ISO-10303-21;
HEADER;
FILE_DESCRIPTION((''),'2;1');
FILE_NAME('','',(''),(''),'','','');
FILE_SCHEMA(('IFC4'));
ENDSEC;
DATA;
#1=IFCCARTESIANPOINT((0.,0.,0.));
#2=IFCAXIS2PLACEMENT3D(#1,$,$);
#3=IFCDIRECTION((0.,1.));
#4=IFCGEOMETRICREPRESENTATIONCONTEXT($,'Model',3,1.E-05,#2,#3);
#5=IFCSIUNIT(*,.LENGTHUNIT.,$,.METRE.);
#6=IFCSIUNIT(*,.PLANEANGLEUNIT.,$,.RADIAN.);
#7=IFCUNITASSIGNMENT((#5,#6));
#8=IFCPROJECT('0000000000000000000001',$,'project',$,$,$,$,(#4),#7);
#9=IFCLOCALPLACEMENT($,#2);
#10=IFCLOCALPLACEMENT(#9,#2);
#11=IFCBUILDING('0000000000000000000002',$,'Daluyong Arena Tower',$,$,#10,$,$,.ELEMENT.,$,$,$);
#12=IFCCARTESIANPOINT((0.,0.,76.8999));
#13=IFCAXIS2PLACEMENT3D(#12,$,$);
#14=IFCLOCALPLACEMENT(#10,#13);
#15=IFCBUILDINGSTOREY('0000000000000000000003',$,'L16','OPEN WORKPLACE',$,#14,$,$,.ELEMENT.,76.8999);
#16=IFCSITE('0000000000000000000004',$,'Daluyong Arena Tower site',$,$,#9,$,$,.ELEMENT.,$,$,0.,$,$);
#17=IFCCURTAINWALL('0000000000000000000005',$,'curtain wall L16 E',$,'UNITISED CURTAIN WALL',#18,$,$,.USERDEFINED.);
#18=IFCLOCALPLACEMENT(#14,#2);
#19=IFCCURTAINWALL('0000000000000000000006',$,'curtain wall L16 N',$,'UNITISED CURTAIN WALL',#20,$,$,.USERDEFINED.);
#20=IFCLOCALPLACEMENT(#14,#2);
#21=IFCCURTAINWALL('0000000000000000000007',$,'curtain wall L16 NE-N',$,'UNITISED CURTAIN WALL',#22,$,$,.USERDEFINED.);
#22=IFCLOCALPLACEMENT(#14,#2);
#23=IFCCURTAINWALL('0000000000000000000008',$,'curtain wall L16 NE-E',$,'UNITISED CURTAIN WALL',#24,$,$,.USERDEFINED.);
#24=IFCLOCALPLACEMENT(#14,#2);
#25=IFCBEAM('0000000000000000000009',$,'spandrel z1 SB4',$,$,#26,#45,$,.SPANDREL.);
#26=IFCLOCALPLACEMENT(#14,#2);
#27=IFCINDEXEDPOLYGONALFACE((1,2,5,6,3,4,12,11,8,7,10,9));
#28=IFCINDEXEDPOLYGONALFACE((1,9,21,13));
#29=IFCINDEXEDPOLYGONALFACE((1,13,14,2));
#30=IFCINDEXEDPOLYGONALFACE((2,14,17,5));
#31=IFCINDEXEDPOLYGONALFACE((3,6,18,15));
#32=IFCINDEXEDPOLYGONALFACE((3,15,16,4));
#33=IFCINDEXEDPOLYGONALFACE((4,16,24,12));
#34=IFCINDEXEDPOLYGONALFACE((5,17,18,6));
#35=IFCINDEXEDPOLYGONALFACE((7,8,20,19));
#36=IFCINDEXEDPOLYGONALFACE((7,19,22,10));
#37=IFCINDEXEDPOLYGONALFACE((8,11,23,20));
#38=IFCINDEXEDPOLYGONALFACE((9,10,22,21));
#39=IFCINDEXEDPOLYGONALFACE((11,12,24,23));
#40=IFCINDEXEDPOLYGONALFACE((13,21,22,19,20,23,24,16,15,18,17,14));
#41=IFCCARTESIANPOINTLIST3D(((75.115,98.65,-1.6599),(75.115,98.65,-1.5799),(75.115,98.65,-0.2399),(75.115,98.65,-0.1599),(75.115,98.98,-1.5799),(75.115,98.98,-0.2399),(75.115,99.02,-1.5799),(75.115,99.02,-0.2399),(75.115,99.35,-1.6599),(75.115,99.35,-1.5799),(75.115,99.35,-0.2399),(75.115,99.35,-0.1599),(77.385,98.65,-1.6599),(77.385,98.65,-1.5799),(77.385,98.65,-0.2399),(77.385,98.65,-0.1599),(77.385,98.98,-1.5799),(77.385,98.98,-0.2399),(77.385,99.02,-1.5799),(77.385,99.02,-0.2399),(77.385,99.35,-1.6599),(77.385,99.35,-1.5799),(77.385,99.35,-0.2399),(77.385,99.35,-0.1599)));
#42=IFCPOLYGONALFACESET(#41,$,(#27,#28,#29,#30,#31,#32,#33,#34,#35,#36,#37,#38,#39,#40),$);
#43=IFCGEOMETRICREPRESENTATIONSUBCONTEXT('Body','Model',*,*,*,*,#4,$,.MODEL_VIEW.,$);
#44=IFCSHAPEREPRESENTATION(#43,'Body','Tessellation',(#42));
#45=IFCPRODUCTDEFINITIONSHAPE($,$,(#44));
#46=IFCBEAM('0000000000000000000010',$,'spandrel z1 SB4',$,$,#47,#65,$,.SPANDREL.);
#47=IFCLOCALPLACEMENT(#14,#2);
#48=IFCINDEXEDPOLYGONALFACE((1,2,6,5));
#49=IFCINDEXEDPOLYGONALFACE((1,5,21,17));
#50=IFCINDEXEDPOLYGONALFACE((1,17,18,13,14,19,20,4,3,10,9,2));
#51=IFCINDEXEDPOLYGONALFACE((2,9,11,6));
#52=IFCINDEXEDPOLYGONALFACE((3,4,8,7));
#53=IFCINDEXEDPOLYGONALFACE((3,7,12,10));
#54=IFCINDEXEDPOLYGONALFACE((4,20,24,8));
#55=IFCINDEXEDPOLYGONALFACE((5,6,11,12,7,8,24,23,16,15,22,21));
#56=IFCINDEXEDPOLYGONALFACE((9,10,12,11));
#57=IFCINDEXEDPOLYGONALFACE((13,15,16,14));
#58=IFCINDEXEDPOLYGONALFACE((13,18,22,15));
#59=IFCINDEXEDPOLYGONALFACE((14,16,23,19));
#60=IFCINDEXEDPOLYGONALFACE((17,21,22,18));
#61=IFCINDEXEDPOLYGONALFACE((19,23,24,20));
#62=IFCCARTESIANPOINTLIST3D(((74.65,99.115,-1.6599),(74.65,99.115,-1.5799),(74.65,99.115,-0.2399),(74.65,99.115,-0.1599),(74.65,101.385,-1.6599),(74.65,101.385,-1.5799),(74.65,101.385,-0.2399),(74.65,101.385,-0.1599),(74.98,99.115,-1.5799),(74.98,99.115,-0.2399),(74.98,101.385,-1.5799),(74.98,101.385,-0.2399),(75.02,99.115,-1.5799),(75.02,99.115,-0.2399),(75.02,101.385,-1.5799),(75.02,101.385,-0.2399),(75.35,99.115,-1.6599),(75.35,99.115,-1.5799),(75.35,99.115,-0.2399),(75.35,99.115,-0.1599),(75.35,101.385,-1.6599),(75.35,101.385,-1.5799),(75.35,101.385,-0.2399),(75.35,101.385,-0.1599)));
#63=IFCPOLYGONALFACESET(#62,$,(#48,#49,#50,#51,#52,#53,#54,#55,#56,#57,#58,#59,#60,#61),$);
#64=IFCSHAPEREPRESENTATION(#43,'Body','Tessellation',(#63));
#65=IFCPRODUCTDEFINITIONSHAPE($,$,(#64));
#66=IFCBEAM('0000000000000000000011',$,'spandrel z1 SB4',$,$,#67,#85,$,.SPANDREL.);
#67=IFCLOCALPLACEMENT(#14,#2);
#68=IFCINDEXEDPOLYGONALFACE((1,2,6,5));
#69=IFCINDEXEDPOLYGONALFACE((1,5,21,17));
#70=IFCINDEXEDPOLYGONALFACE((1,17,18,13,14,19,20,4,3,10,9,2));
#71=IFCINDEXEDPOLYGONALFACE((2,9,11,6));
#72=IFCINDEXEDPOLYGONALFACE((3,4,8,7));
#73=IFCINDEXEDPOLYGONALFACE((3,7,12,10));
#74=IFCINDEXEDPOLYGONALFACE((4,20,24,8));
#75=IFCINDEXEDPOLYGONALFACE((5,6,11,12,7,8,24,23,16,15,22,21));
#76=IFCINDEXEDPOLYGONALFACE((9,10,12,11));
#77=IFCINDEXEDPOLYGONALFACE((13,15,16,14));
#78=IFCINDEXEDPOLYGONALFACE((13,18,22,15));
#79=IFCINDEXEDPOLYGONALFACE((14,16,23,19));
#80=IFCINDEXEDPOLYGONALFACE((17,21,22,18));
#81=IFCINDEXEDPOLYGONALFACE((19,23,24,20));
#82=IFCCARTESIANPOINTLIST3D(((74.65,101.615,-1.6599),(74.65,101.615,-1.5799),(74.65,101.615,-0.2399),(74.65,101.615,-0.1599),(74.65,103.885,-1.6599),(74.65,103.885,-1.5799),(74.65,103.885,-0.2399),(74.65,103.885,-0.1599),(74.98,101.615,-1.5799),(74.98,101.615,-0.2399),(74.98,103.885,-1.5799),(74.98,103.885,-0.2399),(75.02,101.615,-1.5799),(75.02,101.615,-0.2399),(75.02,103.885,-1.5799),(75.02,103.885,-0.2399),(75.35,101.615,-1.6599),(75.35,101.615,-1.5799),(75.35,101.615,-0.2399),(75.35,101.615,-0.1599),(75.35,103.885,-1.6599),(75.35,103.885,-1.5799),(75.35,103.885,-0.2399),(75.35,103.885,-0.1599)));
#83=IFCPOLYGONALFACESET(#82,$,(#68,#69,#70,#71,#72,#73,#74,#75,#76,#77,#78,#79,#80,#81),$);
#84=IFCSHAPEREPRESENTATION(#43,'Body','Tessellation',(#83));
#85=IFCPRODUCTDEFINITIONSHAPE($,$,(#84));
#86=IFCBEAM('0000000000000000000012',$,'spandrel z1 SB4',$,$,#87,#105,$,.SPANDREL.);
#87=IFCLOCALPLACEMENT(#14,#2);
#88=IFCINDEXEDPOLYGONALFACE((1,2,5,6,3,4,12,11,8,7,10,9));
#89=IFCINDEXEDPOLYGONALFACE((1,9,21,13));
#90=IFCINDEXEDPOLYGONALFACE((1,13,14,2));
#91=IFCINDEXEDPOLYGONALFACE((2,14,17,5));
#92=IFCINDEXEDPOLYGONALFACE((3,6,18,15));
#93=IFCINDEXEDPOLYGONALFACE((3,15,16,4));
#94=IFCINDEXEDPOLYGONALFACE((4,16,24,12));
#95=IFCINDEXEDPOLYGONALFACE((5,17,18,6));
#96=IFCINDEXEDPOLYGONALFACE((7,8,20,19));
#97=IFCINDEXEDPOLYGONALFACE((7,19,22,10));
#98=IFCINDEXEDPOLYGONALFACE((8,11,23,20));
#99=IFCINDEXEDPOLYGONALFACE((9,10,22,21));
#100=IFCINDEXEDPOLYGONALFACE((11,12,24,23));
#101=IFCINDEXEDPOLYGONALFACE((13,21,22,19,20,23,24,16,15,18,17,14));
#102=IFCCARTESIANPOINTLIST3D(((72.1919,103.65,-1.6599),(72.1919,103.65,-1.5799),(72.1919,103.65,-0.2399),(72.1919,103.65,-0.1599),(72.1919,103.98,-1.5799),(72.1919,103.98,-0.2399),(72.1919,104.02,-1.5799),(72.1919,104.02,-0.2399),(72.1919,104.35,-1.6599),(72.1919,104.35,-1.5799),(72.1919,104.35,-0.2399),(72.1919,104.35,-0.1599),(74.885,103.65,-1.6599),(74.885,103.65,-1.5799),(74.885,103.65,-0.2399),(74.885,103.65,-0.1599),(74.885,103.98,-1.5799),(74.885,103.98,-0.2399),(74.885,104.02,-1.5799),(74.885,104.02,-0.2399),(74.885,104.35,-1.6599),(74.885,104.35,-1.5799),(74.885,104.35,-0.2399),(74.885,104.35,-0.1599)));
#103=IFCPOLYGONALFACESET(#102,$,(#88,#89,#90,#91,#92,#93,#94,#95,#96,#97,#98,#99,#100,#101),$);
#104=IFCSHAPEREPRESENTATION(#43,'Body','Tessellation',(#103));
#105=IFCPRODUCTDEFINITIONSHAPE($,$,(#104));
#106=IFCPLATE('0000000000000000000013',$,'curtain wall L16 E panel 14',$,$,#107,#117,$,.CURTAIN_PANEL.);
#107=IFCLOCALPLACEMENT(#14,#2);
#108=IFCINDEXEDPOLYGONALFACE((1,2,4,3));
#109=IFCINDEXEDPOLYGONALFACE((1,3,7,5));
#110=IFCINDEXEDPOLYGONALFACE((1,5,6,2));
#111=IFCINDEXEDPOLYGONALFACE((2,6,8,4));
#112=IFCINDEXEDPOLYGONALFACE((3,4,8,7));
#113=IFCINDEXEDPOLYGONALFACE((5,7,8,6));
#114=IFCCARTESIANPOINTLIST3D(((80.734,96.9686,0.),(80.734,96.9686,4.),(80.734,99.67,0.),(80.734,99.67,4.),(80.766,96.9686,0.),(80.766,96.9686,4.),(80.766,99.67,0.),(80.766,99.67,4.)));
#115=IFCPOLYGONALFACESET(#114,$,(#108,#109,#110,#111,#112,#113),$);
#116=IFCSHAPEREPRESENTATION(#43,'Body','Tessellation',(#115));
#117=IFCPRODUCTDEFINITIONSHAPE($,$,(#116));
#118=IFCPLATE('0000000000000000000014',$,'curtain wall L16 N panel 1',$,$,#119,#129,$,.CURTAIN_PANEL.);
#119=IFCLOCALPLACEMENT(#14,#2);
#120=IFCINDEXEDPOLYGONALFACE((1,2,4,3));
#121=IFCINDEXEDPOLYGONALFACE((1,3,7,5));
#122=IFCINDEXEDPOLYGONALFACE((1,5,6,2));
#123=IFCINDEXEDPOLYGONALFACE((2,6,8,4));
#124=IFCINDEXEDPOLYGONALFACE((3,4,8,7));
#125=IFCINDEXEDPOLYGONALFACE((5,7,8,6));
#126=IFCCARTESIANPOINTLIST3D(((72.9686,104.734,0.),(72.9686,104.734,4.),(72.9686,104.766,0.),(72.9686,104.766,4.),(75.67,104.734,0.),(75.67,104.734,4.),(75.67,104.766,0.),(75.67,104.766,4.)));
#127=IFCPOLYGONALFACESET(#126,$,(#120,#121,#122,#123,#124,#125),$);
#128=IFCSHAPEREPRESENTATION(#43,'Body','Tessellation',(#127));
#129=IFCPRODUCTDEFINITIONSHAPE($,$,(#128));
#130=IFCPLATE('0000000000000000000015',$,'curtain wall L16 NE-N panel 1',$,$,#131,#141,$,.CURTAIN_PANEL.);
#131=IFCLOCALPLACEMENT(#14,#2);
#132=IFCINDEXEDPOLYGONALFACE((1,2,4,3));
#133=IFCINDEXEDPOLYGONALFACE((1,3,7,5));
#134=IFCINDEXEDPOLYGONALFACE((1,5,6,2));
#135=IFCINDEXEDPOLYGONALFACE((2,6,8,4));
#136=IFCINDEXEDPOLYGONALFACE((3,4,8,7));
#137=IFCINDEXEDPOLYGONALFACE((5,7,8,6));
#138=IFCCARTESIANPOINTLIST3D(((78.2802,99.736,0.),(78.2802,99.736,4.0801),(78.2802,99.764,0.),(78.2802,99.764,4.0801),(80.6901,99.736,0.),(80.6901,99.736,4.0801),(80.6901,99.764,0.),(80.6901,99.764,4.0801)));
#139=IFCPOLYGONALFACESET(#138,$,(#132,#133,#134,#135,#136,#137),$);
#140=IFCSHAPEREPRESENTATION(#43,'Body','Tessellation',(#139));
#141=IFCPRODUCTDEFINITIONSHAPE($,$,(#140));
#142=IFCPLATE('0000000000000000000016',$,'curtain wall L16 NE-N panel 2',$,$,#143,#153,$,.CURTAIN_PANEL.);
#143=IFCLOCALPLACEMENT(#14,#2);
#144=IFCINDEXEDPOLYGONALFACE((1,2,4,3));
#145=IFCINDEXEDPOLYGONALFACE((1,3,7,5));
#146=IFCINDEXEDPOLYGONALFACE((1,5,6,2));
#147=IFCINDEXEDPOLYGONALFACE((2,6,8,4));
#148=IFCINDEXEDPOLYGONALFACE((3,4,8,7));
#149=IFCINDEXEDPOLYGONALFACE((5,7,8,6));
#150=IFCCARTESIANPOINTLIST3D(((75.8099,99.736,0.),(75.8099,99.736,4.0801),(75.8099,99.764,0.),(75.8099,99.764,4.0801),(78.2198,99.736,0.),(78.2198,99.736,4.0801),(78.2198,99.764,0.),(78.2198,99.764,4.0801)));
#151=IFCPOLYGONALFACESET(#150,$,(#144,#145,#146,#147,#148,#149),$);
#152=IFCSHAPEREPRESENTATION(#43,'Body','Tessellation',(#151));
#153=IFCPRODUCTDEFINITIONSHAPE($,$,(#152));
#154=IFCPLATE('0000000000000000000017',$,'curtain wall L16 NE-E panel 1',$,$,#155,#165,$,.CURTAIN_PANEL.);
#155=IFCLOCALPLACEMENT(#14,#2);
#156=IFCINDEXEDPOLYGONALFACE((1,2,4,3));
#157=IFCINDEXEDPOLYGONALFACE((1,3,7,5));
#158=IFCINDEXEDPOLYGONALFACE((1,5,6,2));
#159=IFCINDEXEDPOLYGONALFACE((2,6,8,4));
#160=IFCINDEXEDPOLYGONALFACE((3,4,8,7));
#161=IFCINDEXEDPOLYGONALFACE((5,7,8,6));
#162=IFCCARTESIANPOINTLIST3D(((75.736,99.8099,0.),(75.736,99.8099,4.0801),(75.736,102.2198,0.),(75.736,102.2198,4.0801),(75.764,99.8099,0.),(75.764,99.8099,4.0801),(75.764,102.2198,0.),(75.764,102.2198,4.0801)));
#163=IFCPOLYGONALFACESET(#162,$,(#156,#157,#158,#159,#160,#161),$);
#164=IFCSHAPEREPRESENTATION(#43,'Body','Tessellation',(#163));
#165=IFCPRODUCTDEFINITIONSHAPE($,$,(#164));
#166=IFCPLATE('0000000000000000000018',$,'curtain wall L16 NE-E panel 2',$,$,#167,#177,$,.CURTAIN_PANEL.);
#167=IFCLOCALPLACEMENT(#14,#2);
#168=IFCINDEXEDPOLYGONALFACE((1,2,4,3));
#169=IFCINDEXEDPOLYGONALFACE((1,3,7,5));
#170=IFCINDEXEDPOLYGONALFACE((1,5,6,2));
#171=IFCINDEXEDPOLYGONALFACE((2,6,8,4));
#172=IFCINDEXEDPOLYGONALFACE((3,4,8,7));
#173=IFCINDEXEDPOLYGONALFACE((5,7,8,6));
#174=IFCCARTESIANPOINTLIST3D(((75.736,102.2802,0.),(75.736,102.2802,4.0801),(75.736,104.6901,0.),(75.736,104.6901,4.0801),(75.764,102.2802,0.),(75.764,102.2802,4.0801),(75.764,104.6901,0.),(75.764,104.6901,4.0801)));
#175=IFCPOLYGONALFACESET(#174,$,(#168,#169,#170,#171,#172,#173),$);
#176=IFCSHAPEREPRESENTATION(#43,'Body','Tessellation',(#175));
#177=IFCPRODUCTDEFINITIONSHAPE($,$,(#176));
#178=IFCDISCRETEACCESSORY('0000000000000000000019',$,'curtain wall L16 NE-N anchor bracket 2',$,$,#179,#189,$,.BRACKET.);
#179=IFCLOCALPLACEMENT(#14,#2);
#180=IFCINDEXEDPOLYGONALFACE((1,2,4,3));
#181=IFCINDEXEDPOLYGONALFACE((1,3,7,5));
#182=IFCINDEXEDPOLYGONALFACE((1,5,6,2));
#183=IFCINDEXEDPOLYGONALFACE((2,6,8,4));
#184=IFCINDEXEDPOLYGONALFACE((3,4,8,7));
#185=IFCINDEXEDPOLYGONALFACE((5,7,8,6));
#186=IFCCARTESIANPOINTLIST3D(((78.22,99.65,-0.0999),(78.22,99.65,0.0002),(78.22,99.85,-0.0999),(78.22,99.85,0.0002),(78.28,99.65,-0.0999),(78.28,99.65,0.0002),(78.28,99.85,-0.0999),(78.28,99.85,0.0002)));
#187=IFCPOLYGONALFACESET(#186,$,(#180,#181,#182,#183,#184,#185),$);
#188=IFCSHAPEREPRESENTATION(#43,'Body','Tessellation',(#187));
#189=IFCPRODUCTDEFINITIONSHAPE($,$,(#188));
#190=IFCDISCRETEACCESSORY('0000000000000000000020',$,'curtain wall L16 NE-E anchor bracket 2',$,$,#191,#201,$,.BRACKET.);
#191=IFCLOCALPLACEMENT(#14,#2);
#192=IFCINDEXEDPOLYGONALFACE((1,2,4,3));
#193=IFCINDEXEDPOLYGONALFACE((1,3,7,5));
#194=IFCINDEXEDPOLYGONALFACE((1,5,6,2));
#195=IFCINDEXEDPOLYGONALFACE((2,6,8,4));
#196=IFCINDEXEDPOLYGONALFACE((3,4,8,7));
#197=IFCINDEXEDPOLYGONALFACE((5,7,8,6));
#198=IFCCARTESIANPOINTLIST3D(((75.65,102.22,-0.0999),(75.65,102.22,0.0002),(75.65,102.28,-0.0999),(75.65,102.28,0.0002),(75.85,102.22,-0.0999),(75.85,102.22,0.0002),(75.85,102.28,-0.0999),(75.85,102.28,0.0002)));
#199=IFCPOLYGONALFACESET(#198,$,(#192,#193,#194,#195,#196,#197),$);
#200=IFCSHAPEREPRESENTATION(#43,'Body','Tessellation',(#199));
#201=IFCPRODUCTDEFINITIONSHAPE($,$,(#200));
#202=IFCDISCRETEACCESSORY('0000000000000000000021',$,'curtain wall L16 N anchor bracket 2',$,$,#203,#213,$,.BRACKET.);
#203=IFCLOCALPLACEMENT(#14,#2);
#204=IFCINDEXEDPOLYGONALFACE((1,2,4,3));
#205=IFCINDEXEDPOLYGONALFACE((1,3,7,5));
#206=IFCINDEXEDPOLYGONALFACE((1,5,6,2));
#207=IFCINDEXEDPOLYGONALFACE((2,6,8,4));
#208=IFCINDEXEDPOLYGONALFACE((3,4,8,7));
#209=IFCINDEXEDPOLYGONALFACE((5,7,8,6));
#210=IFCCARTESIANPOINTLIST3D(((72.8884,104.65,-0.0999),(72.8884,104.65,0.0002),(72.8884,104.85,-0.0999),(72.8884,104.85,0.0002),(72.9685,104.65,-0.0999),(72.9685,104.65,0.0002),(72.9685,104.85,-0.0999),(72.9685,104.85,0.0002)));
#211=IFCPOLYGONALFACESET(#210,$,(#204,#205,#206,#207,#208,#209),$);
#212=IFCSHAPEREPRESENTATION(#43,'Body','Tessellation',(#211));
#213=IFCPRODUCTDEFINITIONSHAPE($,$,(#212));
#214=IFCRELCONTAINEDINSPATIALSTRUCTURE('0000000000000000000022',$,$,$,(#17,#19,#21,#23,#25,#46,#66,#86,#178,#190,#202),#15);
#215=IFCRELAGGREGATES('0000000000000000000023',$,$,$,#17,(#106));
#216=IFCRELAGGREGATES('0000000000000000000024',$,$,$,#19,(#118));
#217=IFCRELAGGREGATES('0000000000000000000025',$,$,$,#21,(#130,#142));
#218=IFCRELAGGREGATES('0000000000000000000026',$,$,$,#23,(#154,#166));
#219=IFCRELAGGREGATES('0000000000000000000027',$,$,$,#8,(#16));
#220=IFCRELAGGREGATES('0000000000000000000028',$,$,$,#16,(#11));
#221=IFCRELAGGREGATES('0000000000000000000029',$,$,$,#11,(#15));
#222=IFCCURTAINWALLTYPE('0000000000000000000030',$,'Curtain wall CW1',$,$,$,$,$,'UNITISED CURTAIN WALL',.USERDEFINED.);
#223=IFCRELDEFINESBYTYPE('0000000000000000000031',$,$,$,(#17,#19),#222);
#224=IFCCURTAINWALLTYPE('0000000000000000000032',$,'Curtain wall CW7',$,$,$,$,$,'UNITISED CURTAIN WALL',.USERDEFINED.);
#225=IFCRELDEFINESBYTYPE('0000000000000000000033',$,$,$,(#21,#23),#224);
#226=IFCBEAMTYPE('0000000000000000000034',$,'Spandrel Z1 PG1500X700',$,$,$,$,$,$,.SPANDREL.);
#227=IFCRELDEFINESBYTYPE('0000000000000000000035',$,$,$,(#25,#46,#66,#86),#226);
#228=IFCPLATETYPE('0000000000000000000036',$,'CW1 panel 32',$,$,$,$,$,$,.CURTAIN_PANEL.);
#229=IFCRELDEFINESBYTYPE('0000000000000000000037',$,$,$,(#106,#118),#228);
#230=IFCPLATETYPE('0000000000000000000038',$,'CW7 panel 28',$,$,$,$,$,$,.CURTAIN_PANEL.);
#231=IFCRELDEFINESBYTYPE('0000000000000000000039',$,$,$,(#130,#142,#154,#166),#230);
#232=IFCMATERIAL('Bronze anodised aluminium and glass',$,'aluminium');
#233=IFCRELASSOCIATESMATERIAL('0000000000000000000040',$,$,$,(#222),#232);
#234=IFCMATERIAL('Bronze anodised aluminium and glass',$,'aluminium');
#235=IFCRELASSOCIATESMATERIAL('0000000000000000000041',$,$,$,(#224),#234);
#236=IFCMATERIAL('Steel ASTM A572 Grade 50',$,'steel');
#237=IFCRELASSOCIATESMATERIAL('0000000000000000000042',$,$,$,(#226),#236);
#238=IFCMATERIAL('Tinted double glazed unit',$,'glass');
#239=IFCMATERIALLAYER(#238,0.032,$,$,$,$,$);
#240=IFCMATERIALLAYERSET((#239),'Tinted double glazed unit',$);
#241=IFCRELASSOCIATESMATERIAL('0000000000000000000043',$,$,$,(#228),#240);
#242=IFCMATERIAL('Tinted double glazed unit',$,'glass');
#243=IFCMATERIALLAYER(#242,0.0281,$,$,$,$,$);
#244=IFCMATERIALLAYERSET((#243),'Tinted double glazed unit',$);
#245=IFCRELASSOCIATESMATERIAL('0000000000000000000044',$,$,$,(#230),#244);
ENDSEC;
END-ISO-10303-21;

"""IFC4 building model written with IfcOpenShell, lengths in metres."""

from ifc_helpers import new_model, si_unit, direction, frame, origin, origin_2d, place, context, subcontext, project, spatial, rectangle, i_section, extrude, material, layer, layer_set, material_profile, profile_set, type_object, element, aggregate, save


model = new_model("IFC4")

# Units and contexts
model_context = context("Model", 3, precision=1e-05, world=origin(), true_north=direction((0.0, 1.0)))
body_context = subcontext(model_context, "Body", "Model", "MODEL_VIEW")
ifc_project = project(units=[si_unit("LENGTHUNIT", "METRE"), si_unit("PLANEANGLEUNIT", "RADIAN")], contexts=[model_context])

# Site, building, storey
site_placement = place(None, origin())
site = spatial("IfcSite", under=ifc_project, at=site_placement, Name="Daluyong Arena Tower site", CompositionType="ELEMENT", RefElevation=0.0)
building_placement = place(site_placement, origin())
building = spatial("IfcBuilding", under=site, at=building_placement, Name="Daluyong Arena Tower", CompositionType="ELEMENT")
storey_placement = place(building_placement, frame((0.0, 0.0, 76.8999)))
storey = spatial("IfcBuildingStorey", under=building, at=storey_placement, Name="L16", Description="OPEN WORKPLACE", CompositionType="ELEMENT", Elevation=76.8999)

# Curtain wall
ifc_material_1 = material(Name="Bronze anodised aluminium and glass", Category="aluminium")
curtain_wall_type_1 = type_object("IfcCurtainWallType", Name="Curtain wall CW1", ElementType="UNITISED CURTAIN WALL", PredefinedType="USERDEFINED", material=ifc_material_1)
curtain_wall_1_placement = place(storey_placement, origin())
curtain_wall_1 = element("IfcCurtainWall", 1, at=curtain_wall_1_placement, inside=storey, type_object=curtain_wall_type_1, Name="curtain wall L16 E", ObjectType="UNITISED CURTAIN WALL", PredefinedType="USERDEFINED")

# Curtain wall
curtain_wall_2_placement = place(storey_placement, origin())
curtain_wall_2 = element("IfcCurtainWall", 2, at=curtain_wall_2_placement, inside=storey, type_object=curtain_wall_type_1, Name="curtain wall L16 N", ObjectType="UNITISED CURTAIN WALL", PredefinedType="USERDEFINED")

# Curtain walls
ifc_material_2 = material(Name="Bronze anodised aluminium and glass", Category="aluminium")
curtain_wall_type_2 = type_object("IfcCurtainWallType", Name="Curtain wall CW7", ElementType="UNITISED CURTAIN WALL", PredefinedType="USERDEFINED", material=ifc_material_2)
curtain_wall_3_placement = place(storey_placement, origin())
curtain_wall_3 = element("IfcCurtainWall", 3, at=curtain_wall_3_placement, inside=storey, type_object=curtain_wall_type_2, Name="curtain wall L16 NE-N", ObjectType="UNITISED CURTAIN WALL", PredefinedType="USERDEFINED")
curtain_wall_4_placement = place(storey_placement, origin())
curtain_wall_4 = element("IfcCurtainWall", 4, at=curtain_wall_4_placement, inside=storey, type_object=curtain_wall_type_2, Name="curtain wall L16 NE-E", ObjectType="UNITISED CURTAIN WALL", PredefinedType="USERDEFINED")

# Beams
ifc_material_3 = material(Name="Steel ASTM A572 Grade 50", Category="steel")
ifc_material_profile_1 = material_profile(ifc_material_3, i_section(OverallWidth=0.7, OverallDepth=1.5, WebThickness=0.04, FlangeThickness=0.08, at=origin_2d()))
ifc_profile_set_1 = profile_set([ifc_material_profile_1], Name="Steel ASTM A572 Grade 50")
beam_type_1 = type_object("IfcBeamType", Name="Spandrel Z1 PG1500X700", PredefinedType="SPANDREL", material=ifc_profile_set_1)
for number, where, z_axis, x_axis, name in (
    (5, (77.385, 99.0, -0.9099), (-1.0, 0.0, 0.0), (0.0, -1.0, 0.0), "spandrel z1 SB4"),
    (6, (75.0, 99.115, -0.9099), (0.0, 1.0, 0.0), (-1.0, 0.0, 0.0), "spandrel z1 SB4"),
    (7, (75.0, 101.615, -0.9099), (0.0, 1.0, 0.0), (-1.0, 0.0, 0.0), "spandrel z1 SB4"),
):
    element("IfcBeam", number, at=place(storey_placement, frame(where, z_axis=z_axis, x_axis=x_axis)), inside=storey, type_object=beam_type_1, Name=name, PredefinedType="SPANDREL", context=body_context, shape_type="SweptSolid", body=[
        extrude(i_section(OverallWidth=0.7, OverallDepth=1.5, WebThickness=0.04, FlangeThickness=0.08, at=origin_2d()), origin(), (0.0, 0.0, 1.0), 2.27),
    ])
beam_1_placement = place(storey_placement, frame((74.885, 104.0, -0.9099), z_axis=(-1.0, 0.0, 0.0), x_axis=(0.0, -1.0, 0.0)))
element("IfcBeam", 8, at=beam_1_placement, inside=storey, type_object=beam_type_1, Name="spandrel z1 SB4", PredefinedType="SPANDREL", context=body_context, shape_type="SweptSolid", body=[
    extrude(i_section(OverallWidth=0.7, OverallDepth=1.5, WebThickness=0.04, FlangeThickness=0.08, at=origin_2d()), origin(), (0.0, 0.0, 1.0), 2.6931),
])

# Plates
ifc_material_4 = material(Name="Tinted double glazed unit", Category="glass")
ifc_layer_1 = layer(ifc_material_4, 0.032)
ifc_layer_set_1 = layer_set([ifc_layer_1], Name="Tinted double glazed unit")
plate_type_1 = type_object("IfcPlateType", Name="CW1 panel 32", PredefinedType="CURTAIN_PANEL", material=ifc_layer_set_1)
plate_1_placement = place(storey_placement, frame((80.75, 98.3193, 0.0), z_axis=(0.0, 0.0, 1.0), x_axis=(0.0, 1.0, 0.0)))
plate_1 = element("IfcPlate", 9, at=plate_1_placement, type_object=plate_type_1, Name="curtain wall L16 E panel 14", PredefinedType="CURTAIN_PANEL", context=body_context, shape_type="SweptSolid", body=[
    extrude(rectangle(XDim=2.7014, YDim=0.032, at=origin_2d()), origin(), (0.0, 0.0, 1.0), 4.0),
])
aggregate(curtain_wall_1, [plate_1])
plate_2_placement = place(storey_placement, frame((74.3193, 104.75, 0.0), z_axis=(0.0, 0.0, 1.0), x_axis=(-1.0, 0.0, 0.0)))
plate_2 = element("IfcPlate", 10, at=plate_2_placement, type_object=plate_type_1, Name="curtain wall L16 N panel 1", PredefinedType="CURTAIN_PANEL", context=body_context, shape_type="SweptSolid", body=[
    extrude(rectangle(XDim=2.7014, YDim=0.032, at=origin_2d()), origin(), (0.0, 0.0, 1.0), 4.0),
])
aggregate(curtain_wall_2, [plate_2])
ifc_material_5 = material(Name="Tinted double glazed unit", Category="glass")
ifc_layer_2 = layer(ifc_material_5, 0.0281)
ifc_layer_set_2 = layer_set([ifc_layer_2], Name="Tinted double glazed unit")
plate_type_2 = type_object("IfcPlateType", Name="CW7 panel 28", PredefinedType="CURTAIN_PANEL", material=ifc_layer_set_2)
plate_3_placement = place(storey_placement, frame((79.4851, 99.75, 0.0), z_axis=(0.0, 0.0, 1.0), x_axis=(-1.0, 0.0, 0.0)))
plate_3 = element("IfcPlate", 11, at=plate_3_placement, type_object=plate_type_2, Name="curtain wall L16 NE-N panel 1", PredefinedType="CURTAIN_PANEL", context=body_context, shape_type="SweptSolid", body=[
    extrude(rectangle(XDim=2.4099, YDim=0.0281, at=origin_2d()), origin(), (0.0, 0.0, 1.0), 4.0801),
])
plate_4_placement = place(storey_placement, frame((77.0149, 99.75, 0.0), z_axis=(0.0, 0.0, 1.0), x_axis=(-1.0, 0.0, 0.0)))
plate_4 = element("IfcPlate", 12, at=plate_4_placement, type_object=plate_type_2, Name="curtain wall L16 NE-N panel 2", PredefinedType="CURTAIN_PANEL", context=body_context, shape_type="SweptSolid", body=[
    extrude(rectangle(XDim=2.4099, YDim=0.0281, at=origin_2d()), origin(), (0.0, 0.0, 1.0), 4.0801),
])
aggregate(curtain_wall_3, [plate_3, plate_4])
plate_5_placement = place(storey_placement, frame((75.75, 101.0149, 0.0), z_axis=(0.0, 0.0, 1.0), x_axis=(0.0, 1.0, 0.0)))
plate_5 = element("IfcPlate", 13, at=plate_5_placement, type_object=plate_type_2, Name="curtain wall L16 NE-E panel 1", PredefinedType="CURTAIN_PANEL", context=body_context, shape_type="SweptSolid", body=[
    extrude(rectangle(XDim=2.4099, YDim=0.0281, at=origin_2d()), origin(), (0.0, 0.0, 1.0), 4.0801),
])
plate_6_placement = place(storey_placement, frame((75.75, 103.4851, 0.0), z_axis=(0.0, 0.0, 1.0), x_axis=(0.0, 1.0, 0.0)))
plate_6 = element("IfcPlate", 14, at=plate_6_placement, type_object=plate_type_2, Name="curtain wall L16 NE-E panel 2", PredefinedType="CURTAIN_PANEL", context=body_context, shape_type="SweptSolid", body=[
    extrude(rectangle(XDim=2.4099, YDim=0.0281, at=origin_2d()), origin(), (0.0, 0.0, 1.0), 4.0801),
])
aggregate(curtain_wall_4, [plate_5, plate_6])

# Discrete accessories
for number, where, z_axis, x_axis, name in (
    (15, (78.25, 99.75, -0.0999), (0.0, 0.0, 1.0), (-1.0, 0.0, 0.0), "curtain wall L16 NE-N anchor bracket 2"),
    (16, (75.75, 102.25, -0.0999), (0.0, 0.0, 1.0), (0.0, 1.0, 0.0), "curtain wall L16 NE-E anchor bracket 2"),
):
    element("IfcDiscreteAccessory", number, at=place(storey_placement, frame(where, z_axis=z_axis, x_axis=x_axis)), inside=storey, Name=name, PredefinedType="BRACKET", context=body_context, shape_type="SweptSolid", body=[
        extrude(rectangle(XDim=0.0601, YDim=0.2, at=origin_2d()), origin(), (0.0, 0.0, 1.0), 0.1001),
    ])
discrete_accessory_placement = place(storey_placement, frame((72.9285, 104.75, -0.0999), z_axis=(0.0, 0.0, 1.0), x_axis=(-1.0, 0.0, 0.0)))
element("IfcDiscreteAccessory", 17, at=discrete_accessory_placement, inside=storey, Name="curtain wall L16 N anchor bracket 2", PredefinedType="BRACKET", context=body_context, shape_type="SweptSolid", body=[
    extrude(rectangle(XDim=0.0801, YDim=0.2, at=origin_2d()), origin(), (0.0, 0.0, 1.0), 0.1001),
])

save(model, "model.ifc")
